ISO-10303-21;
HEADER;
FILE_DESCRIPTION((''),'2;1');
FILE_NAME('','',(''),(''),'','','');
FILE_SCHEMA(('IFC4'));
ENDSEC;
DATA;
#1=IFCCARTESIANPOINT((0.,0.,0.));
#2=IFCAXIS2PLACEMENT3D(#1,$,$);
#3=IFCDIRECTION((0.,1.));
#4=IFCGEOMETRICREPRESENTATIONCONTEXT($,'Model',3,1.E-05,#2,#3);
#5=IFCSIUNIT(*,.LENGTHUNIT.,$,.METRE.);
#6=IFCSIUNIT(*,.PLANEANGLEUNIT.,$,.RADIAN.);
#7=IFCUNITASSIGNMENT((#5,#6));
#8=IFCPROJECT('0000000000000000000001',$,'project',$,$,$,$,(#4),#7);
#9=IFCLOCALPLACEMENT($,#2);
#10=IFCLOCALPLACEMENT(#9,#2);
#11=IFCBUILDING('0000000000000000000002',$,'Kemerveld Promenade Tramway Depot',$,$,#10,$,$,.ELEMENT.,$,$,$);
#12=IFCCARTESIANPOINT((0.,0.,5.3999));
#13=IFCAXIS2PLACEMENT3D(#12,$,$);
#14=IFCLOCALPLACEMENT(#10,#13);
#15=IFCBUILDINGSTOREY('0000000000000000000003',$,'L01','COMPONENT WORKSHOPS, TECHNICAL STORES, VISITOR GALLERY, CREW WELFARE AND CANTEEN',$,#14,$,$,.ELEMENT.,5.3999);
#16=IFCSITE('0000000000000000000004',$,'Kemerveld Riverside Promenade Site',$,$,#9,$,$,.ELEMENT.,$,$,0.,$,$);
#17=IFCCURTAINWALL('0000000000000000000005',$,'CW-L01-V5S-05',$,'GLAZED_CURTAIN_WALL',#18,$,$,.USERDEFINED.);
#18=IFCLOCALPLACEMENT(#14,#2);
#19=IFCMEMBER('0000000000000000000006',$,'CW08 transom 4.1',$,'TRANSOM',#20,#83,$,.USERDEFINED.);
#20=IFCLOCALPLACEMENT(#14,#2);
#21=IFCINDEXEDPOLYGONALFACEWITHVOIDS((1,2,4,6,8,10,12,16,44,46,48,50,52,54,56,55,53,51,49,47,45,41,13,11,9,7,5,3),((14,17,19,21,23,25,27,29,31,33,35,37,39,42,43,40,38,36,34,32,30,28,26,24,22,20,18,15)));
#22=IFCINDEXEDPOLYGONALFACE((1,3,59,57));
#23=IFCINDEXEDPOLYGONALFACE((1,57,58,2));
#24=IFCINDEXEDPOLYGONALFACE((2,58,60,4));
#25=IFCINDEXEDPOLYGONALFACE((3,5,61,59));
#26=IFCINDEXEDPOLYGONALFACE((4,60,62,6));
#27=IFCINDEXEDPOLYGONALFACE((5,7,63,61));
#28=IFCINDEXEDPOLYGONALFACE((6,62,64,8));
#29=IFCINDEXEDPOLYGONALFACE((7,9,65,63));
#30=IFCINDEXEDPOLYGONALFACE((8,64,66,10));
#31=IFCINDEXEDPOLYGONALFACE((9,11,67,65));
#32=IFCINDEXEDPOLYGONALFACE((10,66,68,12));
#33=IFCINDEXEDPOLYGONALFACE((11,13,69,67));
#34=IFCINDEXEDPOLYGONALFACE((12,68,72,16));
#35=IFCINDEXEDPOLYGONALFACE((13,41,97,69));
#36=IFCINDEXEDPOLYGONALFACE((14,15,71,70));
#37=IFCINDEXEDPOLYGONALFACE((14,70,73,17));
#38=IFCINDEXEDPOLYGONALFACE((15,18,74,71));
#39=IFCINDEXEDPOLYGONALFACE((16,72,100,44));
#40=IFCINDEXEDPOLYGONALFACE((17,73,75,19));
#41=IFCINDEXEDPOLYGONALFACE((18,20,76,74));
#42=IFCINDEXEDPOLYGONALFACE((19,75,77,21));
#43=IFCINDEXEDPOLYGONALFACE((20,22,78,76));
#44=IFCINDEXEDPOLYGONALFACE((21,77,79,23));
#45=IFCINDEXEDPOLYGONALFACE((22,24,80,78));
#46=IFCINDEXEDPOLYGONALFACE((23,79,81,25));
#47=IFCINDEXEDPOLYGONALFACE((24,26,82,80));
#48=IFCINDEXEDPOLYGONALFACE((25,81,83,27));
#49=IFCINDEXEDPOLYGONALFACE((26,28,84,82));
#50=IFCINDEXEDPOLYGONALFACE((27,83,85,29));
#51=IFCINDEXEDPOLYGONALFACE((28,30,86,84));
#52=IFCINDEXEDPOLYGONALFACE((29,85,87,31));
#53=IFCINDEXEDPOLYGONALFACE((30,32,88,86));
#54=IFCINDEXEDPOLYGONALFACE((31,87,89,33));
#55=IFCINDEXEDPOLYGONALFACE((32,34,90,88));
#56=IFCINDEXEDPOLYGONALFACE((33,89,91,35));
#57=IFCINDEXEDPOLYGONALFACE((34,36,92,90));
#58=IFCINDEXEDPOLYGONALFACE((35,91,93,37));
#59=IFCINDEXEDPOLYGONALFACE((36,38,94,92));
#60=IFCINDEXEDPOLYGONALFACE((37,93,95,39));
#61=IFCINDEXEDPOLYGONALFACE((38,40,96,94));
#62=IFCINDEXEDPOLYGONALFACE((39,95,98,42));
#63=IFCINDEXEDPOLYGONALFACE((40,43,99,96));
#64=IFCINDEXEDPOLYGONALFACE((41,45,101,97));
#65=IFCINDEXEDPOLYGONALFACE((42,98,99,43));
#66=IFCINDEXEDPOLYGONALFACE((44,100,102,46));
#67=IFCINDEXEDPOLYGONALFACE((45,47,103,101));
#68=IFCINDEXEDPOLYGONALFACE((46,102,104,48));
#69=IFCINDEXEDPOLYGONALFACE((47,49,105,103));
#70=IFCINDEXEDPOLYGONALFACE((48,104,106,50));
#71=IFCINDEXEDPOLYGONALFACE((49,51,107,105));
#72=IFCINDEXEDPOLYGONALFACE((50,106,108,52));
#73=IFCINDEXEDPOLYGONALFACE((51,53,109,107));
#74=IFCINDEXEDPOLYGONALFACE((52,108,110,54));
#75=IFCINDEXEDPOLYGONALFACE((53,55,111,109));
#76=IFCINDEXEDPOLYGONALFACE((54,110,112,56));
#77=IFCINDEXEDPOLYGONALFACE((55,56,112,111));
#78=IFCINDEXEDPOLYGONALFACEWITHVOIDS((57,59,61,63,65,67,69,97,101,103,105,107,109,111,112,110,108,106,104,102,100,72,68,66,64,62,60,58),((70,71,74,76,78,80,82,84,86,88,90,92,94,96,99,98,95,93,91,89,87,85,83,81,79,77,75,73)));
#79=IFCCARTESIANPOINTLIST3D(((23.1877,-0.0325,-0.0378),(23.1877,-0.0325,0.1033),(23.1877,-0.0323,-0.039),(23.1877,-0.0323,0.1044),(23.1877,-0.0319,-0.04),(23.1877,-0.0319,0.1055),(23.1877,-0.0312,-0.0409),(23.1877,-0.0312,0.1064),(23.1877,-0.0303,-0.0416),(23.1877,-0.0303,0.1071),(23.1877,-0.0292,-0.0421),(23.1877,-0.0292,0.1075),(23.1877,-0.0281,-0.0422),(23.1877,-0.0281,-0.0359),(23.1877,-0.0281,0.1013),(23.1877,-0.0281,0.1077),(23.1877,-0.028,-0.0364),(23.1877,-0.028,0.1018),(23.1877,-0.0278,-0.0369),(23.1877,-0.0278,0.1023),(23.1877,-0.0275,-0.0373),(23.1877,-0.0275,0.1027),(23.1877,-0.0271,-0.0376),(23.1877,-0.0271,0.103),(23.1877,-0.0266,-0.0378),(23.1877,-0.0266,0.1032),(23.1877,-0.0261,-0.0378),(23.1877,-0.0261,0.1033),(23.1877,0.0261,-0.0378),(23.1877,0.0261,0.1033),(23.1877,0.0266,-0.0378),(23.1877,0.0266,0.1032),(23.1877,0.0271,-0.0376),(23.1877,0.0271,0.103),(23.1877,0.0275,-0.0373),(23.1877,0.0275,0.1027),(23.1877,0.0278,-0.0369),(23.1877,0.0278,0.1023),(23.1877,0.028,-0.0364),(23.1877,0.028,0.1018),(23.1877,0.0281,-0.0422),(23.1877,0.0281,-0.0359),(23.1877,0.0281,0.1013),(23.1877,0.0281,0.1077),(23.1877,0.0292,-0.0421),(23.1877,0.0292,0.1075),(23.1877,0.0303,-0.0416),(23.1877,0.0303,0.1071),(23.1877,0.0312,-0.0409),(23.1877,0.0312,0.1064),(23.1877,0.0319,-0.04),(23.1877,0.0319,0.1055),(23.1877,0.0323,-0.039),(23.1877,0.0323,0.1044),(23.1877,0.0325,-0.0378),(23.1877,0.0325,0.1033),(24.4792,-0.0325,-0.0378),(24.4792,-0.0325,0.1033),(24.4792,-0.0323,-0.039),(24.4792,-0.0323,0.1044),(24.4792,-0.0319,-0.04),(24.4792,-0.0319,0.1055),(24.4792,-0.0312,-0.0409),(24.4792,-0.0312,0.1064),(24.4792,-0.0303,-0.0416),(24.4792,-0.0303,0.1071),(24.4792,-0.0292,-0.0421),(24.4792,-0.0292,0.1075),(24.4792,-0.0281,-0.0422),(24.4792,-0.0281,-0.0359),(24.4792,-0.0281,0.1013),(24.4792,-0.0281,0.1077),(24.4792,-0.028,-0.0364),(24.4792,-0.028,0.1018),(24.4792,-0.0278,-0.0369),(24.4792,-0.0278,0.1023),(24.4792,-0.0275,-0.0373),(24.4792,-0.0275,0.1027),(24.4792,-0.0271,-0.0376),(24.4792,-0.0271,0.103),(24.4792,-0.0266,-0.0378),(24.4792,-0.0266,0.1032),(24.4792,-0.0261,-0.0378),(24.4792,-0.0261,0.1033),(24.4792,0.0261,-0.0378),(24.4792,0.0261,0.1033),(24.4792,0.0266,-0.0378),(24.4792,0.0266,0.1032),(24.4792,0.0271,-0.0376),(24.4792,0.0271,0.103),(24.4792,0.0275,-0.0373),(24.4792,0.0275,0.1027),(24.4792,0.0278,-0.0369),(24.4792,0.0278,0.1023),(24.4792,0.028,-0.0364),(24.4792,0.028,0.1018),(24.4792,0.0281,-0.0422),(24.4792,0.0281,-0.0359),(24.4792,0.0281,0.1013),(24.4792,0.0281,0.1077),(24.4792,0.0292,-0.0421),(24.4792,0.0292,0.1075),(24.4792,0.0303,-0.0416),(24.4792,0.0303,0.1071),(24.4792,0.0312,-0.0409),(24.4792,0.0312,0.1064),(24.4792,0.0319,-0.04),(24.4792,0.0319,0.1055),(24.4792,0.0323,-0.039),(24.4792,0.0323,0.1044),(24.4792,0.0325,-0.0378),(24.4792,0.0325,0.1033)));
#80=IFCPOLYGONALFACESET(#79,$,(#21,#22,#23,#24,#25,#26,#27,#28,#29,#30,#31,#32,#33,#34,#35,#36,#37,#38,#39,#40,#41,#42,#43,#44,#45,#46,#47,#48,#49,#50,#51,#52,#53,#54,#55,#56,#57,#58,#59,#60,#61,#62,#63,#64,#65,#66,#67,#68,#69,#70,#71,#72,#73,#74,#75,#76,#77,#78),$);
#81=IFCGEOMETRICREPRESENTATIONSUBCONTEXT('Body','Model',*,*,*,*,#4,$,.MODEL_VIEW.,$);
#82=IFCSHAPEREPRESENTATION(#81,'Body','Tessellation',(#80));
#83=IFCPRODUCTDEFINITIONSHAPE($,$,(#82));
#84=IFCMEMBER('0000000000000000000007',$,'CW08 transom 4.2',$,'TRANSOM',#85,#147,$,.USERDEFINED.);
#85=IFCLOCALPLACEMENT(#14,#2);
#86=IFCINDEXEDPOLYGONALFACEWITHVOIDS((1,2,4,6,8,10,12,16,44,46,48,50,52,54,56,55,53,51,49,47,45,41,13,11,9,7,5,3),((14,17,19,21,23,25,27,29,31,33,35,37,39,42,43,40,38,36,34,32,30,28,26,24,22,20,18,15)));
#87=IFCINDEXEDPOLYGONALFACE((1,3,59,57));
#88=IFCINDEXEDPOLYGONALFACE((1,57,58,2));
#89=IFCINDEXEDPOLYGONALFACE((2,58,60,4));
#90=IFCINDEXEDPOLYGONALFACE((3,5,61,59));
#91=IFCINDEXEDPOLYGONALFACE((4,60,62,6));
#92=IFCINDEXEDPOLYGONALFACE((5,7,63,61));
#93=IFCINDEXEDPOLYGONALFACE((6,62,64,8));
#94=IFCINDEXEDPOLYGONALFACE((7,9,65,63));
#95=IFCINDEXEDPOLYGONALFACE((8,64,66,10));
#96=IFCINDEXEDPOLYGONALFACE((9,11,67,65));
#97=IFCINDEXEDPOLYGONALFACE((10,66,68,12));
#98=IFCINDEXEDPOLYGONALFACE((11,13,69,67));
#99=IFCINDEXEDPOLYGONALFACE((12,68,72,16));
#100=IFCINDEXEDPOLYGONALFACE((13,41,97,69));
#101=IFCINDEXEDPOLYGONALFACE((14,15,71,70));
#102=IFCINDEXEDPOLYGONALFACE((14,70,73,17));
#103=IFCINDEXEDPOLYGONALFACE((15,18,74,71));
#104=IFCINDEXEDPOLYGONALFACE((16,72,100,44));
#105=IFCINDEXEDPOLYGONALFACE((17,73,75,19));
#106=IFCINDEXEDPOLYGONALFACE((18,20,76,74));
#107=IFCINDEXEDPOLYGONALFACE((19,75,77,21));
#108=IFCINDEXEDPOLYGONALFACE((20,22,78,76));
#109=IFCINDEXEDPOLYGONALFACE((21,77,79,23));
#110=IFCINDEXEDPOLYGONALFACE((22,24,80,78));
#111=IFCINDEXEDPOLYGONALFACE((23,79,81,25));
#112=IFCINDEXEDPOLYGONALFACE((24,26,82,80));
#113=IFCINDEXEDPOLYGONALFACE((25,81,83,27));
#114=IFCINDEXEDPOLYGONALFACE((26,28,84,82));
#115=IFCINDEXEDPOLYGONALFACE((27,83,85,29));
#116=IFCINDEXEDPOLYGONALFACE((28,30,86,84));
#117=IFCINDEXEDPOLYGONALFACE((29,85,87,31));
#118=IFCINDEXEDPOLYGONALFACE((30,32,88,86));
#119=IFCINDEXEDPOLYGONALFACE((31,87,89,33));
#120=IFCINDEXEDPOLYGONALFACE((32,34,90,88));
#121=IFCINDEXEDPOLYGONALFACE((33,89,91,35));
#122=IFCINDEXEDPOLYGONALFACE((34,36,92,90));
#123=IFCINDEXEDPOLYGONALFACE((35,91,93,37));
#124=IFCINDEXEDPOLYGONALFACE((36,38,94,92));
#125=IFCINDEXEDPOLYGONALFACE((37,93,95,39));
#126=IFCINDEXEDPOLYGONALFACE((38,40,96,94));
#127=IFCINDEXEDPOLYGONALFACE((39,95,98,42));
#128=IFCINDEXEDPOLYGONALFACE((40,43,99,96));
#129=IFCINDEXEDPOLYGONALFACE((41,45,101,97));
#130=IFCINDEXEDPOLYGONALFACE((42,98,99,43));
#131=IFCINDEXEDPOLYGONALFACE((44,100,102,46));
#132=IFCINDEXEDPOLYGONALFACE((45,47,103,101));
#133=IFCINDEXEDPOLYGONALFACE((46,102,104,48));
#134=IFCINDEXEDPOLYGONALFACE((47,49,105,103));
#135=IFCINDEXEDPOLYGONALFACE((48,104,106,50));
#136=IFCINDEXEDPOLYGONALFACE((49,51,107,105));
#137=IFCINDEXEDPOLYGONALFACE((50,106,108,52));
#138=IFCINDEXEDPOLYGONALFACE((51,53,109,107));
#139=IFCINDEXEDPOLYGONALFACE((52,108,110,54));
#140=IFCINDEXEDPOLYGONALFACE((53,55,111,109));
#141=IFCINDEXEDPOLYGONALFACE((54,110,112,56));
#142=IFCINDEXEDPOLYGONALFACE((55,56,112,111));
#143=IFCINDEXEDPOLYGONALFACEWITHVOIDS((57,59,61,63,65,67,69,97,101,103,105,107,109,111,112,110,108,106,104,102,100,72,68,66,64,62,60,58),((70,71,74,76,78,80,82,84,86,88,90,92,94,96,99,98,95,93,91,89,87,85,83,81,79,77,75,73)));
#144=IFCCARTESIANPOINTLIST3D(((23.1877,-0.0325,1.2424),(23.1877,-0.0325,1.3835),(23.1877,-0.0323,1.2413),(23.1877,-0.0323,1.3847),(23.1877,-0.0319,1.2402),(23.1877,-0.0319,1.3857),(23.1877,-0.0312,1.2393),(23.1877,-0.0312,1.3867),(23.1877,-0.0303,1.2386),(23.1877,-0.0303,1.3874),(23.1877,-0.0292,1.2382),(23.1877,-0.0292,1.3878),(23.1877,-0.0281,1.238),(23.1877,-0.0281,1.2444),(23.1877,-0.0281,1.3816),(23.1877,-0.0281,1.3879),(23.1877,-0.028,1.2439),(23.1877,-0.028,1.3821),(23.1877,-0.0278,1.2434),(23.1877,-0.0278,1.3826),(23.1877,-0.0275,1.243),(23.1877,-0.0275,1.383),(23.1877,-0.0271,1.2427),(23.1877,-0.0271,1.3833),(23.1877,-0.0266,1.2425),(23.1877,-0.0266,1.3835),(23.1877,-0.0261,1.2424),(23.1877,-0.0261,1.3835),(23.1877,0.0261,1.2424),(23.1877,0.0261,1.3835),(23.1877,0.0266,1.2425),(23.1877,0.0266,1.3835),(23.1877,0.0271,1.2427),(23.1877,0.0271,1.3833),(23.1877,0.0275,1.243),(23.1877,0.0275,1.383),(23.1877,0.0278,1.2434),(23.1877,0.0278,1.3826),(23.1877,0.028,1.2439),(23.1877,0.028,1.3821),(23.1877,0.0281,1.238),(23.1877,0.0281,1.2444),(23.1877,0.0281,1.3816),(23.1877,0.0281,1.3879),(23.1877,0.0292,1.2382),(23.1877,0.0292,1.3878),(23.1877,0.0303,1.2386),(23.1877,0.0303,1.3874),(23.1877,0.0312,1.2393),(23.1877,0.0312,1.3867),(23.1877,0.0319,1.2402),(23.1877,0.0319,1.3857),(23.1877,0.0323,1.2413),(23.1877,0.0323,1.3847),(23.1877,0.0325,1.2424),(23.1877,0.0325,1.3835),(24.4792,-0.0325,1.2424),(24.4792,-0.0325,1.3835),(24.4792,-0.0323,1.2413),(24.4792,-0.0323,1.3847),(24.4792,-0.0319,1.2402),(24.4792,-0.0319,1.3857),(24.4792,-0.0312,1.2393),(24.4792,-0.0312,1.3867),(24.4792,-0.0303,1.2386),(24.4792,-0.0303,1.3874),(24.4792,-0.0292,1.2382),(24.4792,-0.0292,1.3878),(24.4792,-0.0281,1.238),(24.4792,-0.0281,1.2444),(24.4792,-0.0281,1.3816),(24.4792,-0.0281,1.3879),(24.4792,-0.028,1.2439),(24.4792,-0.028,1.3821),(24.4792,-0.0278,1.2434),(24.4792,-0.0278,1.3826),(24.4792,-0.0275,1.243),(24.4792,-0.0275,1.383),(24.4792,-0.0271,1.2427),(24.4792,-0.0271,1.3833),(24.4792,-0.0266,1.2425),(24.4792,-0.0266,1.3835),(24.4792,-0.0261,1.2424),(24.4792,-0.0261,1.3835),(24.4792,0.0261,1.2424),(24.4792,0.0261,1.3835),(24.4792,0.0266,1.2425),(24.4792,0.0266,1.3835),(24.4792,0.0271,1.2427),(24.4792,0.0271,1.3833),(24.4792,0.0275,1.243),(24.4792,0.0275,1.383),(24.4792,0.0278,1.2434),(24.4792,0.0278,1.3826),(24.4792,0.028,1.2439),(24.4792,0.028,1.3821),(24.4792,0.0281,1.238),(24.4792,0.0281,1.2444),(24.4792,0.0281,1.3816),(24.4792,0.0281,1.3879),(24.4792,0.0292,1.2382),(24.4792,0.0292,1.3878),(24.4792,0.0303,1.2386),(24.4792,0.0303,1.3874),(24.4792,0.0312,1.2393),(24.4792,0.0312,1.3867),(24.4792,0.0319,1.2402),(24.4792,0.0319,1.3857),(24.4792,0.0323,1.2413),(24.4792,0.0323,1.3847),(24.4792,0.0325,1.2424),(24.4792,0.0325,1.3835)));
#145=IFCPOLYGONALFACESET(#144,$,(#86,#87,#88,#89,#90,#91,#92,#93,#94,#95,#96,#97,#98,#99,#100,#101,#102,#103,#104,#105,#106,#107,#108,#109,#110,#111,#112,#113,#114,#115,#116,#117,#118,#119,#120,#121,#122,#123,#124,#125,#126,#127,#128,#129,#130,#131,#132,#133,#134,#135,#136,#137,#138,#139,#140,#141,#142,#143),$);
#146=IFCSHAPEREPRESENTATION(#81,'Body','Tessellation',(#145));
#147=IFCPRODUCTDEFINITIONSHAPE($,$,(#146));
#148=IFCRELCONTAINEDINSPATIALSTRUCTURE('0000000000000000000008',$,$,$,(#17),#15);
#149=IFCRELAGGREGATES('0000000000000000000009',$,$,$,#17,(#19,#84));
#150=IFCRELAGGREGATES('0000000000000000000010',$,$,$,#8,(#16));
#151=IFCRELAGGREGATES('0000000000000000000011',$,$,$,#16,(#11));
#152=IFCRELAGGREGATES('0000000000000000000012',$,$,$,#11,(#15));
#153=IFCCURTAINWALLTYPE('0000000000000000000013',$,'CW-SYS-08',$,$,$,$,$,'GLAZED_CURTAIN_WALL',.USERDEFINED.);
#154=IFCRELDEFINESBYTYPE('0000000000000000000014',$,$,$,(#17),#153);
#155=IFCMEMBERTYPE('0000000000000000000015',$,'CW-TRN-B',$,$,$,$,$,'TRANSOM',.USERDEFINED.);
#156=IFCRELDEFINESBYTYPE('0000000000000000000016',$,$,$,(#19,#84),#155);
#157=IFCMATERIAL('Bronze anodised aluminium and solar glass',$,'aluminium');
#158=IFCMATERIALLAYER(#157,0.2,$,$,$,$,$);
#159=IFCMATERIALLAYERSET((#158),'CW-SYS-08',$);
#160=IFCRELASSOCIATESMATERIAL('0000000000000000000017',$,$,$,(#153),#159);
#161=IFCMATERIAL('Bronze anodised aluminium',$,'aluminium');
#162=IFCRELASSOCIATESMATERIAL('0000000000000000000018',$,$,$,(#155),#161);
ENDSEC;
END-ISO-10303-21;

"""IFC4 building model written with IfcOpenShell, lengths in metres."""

from ifc_helpers import new_model, si_unit, direction, frame, origin, origin_2d, place, context, subcontext, project, spatial, hollow_rectangle, extrude, material, layer, layer_set, material_profile, profile_set, type_object, element, aggregate, save


model = new_model("IFC4")

# Units and contexts
model_context = context("Model", 3, precision=1e-05, world=origin(), true_north=direction((0.0, 1.0)))
body_context = subcontext(model_context, "Body", "Model", "MODEL_VIEW")
ifc_project = project(units=[si_unit("LENGTHUNIT", "METRE"), si_unit("PLANEANGLEUNIT", "RADIAN")], contexts=[model_context])

# Site, building, storey
site_placement = place(None, origin())
site = spatial("IfcSite", under=ifc_project, at=site_placement, Name="Kemerveld Riverside Promenade Site", CompositionType="ELEMENT", RefElevation=0.0)
building_placement = place(site_placement, origin())
building = spatial("IfcBuilding", under=site, at=building_placement, Name="Kemerveld Promenade Tramway Depot", CompositionType="ELEMENT")
storey_placement = place(building_placement, frame((0.0, 0.0, 5.3999)))
storey = spatial("IfcBuildingStorey", under=building, at=storey_placement, Name="L01", Description="COMPONENT WORKSHOPS, TECHNICAL STORES, VISITOR GALLERY, CREW WELFARE AND CANTEEN", CompositionType="ELEMENT", Elevation=5.3999)

# Curtain wall, members
ifc_material_1 = material(Name="Bronze anodised aluminium and solar glass", Category="aluminium")
ifc_layer_1 = layer(ifc_material_1, 0.2)
ifc_layer_set_1 = layer_set([ifc_layer_1], Name="CW-SYS-08")
curtain_wall_type = type_object("IfcCurtainWallType", Name="CW-SYS-08", ElementType="GLAZED_CURTAIN_WALL", PredefinedType="USERDEFINED", material=ifc_layer_set_1)
curtain_wall_placement = place(storey_placement, origin())
curtain_wall = element("IfcCurtainWall", 1, at=curtain_wall_placement, inside=storey, type_object=curtain_wall_type, Name="CW-L01-V5S-05", ObjectType="GLAZED_CURTAIN_WALL", PredefinedType="USERDEFINED")
ifc_material_2 = material(Name="Bronze anodised aluminium", Category="aluminium")
ifc_material_profile_1 = material_profile(ifc_material_2, hollow_rectangle(XDim=0.0649, YDim=0.1499, WallThickness=0.0044, InnerFilletRadius=0.002, OuterFilletRadius=0.0044, at=origin_2d()), Name="CW-TRN-150x65")
ifc_profile_set_1 = profile_set([ifc_material_profile_1], Name="Bronze anodised aluminium")
member_type_1 = type_object("IfcMemberType", Name="CW-TRN-B", ElementType="TRANSOM", PredefinedType="USERDEFINED", material=ifc_profile_set_1)
member_1_placement = place(storey_placement, frame((24.4792, 0.0, 0.0327), z_axis=(-1.0, 0.0, 0.0), x_axis=(0.0, -1.0, 0.0)))
member_1 = element("IfcMember", 2, at=member_1_placement, type_object=member_type_1, Name="CW08 transom 4.1", ObjectType="TRANSOM", PredefinedType="USERDEFINED", context=body_context, shape_type="SweptSolid", body=[
    extrude(hollow_rectangle(XDim=0.0649, YDim=0.1499, WallThickness=0.0044, InnerFilletRadius=0.002, OuterFilletRadius=0.0044, at=origin_2d()), origin(), (0.0, 0.0, 1.0), 1.2915),
])
member_2_placement = place(storey_placement, frame((24.4792, 0.0, 1.313), z_axis=(-1.0, 0.0, 0.0), x_axis=(0.0, -1.0, 0.0)))
member_2 = element("IfcMember", 3, at=member_2_placement, type_object=member_type_1, Name="CW08 transom 4.2", ObjectType="TRANSOM", PredefinedType="USERDEFINED", context=body_context, shape_type="SweptSolid", body=[
    extrude(hollow_rectangle(XDim=0.0649, YDim=0.1499, WallThickness=0.0044, InnerFilletRadius=0.002, OuterFilletRadius=0.0044, at=origin_2d()), origin(), (0.0, 0.0, 1.0), 1.2915),
])
aggregate(curtain_wall, [member_1, member_2])

save(model, "model.ifc")
